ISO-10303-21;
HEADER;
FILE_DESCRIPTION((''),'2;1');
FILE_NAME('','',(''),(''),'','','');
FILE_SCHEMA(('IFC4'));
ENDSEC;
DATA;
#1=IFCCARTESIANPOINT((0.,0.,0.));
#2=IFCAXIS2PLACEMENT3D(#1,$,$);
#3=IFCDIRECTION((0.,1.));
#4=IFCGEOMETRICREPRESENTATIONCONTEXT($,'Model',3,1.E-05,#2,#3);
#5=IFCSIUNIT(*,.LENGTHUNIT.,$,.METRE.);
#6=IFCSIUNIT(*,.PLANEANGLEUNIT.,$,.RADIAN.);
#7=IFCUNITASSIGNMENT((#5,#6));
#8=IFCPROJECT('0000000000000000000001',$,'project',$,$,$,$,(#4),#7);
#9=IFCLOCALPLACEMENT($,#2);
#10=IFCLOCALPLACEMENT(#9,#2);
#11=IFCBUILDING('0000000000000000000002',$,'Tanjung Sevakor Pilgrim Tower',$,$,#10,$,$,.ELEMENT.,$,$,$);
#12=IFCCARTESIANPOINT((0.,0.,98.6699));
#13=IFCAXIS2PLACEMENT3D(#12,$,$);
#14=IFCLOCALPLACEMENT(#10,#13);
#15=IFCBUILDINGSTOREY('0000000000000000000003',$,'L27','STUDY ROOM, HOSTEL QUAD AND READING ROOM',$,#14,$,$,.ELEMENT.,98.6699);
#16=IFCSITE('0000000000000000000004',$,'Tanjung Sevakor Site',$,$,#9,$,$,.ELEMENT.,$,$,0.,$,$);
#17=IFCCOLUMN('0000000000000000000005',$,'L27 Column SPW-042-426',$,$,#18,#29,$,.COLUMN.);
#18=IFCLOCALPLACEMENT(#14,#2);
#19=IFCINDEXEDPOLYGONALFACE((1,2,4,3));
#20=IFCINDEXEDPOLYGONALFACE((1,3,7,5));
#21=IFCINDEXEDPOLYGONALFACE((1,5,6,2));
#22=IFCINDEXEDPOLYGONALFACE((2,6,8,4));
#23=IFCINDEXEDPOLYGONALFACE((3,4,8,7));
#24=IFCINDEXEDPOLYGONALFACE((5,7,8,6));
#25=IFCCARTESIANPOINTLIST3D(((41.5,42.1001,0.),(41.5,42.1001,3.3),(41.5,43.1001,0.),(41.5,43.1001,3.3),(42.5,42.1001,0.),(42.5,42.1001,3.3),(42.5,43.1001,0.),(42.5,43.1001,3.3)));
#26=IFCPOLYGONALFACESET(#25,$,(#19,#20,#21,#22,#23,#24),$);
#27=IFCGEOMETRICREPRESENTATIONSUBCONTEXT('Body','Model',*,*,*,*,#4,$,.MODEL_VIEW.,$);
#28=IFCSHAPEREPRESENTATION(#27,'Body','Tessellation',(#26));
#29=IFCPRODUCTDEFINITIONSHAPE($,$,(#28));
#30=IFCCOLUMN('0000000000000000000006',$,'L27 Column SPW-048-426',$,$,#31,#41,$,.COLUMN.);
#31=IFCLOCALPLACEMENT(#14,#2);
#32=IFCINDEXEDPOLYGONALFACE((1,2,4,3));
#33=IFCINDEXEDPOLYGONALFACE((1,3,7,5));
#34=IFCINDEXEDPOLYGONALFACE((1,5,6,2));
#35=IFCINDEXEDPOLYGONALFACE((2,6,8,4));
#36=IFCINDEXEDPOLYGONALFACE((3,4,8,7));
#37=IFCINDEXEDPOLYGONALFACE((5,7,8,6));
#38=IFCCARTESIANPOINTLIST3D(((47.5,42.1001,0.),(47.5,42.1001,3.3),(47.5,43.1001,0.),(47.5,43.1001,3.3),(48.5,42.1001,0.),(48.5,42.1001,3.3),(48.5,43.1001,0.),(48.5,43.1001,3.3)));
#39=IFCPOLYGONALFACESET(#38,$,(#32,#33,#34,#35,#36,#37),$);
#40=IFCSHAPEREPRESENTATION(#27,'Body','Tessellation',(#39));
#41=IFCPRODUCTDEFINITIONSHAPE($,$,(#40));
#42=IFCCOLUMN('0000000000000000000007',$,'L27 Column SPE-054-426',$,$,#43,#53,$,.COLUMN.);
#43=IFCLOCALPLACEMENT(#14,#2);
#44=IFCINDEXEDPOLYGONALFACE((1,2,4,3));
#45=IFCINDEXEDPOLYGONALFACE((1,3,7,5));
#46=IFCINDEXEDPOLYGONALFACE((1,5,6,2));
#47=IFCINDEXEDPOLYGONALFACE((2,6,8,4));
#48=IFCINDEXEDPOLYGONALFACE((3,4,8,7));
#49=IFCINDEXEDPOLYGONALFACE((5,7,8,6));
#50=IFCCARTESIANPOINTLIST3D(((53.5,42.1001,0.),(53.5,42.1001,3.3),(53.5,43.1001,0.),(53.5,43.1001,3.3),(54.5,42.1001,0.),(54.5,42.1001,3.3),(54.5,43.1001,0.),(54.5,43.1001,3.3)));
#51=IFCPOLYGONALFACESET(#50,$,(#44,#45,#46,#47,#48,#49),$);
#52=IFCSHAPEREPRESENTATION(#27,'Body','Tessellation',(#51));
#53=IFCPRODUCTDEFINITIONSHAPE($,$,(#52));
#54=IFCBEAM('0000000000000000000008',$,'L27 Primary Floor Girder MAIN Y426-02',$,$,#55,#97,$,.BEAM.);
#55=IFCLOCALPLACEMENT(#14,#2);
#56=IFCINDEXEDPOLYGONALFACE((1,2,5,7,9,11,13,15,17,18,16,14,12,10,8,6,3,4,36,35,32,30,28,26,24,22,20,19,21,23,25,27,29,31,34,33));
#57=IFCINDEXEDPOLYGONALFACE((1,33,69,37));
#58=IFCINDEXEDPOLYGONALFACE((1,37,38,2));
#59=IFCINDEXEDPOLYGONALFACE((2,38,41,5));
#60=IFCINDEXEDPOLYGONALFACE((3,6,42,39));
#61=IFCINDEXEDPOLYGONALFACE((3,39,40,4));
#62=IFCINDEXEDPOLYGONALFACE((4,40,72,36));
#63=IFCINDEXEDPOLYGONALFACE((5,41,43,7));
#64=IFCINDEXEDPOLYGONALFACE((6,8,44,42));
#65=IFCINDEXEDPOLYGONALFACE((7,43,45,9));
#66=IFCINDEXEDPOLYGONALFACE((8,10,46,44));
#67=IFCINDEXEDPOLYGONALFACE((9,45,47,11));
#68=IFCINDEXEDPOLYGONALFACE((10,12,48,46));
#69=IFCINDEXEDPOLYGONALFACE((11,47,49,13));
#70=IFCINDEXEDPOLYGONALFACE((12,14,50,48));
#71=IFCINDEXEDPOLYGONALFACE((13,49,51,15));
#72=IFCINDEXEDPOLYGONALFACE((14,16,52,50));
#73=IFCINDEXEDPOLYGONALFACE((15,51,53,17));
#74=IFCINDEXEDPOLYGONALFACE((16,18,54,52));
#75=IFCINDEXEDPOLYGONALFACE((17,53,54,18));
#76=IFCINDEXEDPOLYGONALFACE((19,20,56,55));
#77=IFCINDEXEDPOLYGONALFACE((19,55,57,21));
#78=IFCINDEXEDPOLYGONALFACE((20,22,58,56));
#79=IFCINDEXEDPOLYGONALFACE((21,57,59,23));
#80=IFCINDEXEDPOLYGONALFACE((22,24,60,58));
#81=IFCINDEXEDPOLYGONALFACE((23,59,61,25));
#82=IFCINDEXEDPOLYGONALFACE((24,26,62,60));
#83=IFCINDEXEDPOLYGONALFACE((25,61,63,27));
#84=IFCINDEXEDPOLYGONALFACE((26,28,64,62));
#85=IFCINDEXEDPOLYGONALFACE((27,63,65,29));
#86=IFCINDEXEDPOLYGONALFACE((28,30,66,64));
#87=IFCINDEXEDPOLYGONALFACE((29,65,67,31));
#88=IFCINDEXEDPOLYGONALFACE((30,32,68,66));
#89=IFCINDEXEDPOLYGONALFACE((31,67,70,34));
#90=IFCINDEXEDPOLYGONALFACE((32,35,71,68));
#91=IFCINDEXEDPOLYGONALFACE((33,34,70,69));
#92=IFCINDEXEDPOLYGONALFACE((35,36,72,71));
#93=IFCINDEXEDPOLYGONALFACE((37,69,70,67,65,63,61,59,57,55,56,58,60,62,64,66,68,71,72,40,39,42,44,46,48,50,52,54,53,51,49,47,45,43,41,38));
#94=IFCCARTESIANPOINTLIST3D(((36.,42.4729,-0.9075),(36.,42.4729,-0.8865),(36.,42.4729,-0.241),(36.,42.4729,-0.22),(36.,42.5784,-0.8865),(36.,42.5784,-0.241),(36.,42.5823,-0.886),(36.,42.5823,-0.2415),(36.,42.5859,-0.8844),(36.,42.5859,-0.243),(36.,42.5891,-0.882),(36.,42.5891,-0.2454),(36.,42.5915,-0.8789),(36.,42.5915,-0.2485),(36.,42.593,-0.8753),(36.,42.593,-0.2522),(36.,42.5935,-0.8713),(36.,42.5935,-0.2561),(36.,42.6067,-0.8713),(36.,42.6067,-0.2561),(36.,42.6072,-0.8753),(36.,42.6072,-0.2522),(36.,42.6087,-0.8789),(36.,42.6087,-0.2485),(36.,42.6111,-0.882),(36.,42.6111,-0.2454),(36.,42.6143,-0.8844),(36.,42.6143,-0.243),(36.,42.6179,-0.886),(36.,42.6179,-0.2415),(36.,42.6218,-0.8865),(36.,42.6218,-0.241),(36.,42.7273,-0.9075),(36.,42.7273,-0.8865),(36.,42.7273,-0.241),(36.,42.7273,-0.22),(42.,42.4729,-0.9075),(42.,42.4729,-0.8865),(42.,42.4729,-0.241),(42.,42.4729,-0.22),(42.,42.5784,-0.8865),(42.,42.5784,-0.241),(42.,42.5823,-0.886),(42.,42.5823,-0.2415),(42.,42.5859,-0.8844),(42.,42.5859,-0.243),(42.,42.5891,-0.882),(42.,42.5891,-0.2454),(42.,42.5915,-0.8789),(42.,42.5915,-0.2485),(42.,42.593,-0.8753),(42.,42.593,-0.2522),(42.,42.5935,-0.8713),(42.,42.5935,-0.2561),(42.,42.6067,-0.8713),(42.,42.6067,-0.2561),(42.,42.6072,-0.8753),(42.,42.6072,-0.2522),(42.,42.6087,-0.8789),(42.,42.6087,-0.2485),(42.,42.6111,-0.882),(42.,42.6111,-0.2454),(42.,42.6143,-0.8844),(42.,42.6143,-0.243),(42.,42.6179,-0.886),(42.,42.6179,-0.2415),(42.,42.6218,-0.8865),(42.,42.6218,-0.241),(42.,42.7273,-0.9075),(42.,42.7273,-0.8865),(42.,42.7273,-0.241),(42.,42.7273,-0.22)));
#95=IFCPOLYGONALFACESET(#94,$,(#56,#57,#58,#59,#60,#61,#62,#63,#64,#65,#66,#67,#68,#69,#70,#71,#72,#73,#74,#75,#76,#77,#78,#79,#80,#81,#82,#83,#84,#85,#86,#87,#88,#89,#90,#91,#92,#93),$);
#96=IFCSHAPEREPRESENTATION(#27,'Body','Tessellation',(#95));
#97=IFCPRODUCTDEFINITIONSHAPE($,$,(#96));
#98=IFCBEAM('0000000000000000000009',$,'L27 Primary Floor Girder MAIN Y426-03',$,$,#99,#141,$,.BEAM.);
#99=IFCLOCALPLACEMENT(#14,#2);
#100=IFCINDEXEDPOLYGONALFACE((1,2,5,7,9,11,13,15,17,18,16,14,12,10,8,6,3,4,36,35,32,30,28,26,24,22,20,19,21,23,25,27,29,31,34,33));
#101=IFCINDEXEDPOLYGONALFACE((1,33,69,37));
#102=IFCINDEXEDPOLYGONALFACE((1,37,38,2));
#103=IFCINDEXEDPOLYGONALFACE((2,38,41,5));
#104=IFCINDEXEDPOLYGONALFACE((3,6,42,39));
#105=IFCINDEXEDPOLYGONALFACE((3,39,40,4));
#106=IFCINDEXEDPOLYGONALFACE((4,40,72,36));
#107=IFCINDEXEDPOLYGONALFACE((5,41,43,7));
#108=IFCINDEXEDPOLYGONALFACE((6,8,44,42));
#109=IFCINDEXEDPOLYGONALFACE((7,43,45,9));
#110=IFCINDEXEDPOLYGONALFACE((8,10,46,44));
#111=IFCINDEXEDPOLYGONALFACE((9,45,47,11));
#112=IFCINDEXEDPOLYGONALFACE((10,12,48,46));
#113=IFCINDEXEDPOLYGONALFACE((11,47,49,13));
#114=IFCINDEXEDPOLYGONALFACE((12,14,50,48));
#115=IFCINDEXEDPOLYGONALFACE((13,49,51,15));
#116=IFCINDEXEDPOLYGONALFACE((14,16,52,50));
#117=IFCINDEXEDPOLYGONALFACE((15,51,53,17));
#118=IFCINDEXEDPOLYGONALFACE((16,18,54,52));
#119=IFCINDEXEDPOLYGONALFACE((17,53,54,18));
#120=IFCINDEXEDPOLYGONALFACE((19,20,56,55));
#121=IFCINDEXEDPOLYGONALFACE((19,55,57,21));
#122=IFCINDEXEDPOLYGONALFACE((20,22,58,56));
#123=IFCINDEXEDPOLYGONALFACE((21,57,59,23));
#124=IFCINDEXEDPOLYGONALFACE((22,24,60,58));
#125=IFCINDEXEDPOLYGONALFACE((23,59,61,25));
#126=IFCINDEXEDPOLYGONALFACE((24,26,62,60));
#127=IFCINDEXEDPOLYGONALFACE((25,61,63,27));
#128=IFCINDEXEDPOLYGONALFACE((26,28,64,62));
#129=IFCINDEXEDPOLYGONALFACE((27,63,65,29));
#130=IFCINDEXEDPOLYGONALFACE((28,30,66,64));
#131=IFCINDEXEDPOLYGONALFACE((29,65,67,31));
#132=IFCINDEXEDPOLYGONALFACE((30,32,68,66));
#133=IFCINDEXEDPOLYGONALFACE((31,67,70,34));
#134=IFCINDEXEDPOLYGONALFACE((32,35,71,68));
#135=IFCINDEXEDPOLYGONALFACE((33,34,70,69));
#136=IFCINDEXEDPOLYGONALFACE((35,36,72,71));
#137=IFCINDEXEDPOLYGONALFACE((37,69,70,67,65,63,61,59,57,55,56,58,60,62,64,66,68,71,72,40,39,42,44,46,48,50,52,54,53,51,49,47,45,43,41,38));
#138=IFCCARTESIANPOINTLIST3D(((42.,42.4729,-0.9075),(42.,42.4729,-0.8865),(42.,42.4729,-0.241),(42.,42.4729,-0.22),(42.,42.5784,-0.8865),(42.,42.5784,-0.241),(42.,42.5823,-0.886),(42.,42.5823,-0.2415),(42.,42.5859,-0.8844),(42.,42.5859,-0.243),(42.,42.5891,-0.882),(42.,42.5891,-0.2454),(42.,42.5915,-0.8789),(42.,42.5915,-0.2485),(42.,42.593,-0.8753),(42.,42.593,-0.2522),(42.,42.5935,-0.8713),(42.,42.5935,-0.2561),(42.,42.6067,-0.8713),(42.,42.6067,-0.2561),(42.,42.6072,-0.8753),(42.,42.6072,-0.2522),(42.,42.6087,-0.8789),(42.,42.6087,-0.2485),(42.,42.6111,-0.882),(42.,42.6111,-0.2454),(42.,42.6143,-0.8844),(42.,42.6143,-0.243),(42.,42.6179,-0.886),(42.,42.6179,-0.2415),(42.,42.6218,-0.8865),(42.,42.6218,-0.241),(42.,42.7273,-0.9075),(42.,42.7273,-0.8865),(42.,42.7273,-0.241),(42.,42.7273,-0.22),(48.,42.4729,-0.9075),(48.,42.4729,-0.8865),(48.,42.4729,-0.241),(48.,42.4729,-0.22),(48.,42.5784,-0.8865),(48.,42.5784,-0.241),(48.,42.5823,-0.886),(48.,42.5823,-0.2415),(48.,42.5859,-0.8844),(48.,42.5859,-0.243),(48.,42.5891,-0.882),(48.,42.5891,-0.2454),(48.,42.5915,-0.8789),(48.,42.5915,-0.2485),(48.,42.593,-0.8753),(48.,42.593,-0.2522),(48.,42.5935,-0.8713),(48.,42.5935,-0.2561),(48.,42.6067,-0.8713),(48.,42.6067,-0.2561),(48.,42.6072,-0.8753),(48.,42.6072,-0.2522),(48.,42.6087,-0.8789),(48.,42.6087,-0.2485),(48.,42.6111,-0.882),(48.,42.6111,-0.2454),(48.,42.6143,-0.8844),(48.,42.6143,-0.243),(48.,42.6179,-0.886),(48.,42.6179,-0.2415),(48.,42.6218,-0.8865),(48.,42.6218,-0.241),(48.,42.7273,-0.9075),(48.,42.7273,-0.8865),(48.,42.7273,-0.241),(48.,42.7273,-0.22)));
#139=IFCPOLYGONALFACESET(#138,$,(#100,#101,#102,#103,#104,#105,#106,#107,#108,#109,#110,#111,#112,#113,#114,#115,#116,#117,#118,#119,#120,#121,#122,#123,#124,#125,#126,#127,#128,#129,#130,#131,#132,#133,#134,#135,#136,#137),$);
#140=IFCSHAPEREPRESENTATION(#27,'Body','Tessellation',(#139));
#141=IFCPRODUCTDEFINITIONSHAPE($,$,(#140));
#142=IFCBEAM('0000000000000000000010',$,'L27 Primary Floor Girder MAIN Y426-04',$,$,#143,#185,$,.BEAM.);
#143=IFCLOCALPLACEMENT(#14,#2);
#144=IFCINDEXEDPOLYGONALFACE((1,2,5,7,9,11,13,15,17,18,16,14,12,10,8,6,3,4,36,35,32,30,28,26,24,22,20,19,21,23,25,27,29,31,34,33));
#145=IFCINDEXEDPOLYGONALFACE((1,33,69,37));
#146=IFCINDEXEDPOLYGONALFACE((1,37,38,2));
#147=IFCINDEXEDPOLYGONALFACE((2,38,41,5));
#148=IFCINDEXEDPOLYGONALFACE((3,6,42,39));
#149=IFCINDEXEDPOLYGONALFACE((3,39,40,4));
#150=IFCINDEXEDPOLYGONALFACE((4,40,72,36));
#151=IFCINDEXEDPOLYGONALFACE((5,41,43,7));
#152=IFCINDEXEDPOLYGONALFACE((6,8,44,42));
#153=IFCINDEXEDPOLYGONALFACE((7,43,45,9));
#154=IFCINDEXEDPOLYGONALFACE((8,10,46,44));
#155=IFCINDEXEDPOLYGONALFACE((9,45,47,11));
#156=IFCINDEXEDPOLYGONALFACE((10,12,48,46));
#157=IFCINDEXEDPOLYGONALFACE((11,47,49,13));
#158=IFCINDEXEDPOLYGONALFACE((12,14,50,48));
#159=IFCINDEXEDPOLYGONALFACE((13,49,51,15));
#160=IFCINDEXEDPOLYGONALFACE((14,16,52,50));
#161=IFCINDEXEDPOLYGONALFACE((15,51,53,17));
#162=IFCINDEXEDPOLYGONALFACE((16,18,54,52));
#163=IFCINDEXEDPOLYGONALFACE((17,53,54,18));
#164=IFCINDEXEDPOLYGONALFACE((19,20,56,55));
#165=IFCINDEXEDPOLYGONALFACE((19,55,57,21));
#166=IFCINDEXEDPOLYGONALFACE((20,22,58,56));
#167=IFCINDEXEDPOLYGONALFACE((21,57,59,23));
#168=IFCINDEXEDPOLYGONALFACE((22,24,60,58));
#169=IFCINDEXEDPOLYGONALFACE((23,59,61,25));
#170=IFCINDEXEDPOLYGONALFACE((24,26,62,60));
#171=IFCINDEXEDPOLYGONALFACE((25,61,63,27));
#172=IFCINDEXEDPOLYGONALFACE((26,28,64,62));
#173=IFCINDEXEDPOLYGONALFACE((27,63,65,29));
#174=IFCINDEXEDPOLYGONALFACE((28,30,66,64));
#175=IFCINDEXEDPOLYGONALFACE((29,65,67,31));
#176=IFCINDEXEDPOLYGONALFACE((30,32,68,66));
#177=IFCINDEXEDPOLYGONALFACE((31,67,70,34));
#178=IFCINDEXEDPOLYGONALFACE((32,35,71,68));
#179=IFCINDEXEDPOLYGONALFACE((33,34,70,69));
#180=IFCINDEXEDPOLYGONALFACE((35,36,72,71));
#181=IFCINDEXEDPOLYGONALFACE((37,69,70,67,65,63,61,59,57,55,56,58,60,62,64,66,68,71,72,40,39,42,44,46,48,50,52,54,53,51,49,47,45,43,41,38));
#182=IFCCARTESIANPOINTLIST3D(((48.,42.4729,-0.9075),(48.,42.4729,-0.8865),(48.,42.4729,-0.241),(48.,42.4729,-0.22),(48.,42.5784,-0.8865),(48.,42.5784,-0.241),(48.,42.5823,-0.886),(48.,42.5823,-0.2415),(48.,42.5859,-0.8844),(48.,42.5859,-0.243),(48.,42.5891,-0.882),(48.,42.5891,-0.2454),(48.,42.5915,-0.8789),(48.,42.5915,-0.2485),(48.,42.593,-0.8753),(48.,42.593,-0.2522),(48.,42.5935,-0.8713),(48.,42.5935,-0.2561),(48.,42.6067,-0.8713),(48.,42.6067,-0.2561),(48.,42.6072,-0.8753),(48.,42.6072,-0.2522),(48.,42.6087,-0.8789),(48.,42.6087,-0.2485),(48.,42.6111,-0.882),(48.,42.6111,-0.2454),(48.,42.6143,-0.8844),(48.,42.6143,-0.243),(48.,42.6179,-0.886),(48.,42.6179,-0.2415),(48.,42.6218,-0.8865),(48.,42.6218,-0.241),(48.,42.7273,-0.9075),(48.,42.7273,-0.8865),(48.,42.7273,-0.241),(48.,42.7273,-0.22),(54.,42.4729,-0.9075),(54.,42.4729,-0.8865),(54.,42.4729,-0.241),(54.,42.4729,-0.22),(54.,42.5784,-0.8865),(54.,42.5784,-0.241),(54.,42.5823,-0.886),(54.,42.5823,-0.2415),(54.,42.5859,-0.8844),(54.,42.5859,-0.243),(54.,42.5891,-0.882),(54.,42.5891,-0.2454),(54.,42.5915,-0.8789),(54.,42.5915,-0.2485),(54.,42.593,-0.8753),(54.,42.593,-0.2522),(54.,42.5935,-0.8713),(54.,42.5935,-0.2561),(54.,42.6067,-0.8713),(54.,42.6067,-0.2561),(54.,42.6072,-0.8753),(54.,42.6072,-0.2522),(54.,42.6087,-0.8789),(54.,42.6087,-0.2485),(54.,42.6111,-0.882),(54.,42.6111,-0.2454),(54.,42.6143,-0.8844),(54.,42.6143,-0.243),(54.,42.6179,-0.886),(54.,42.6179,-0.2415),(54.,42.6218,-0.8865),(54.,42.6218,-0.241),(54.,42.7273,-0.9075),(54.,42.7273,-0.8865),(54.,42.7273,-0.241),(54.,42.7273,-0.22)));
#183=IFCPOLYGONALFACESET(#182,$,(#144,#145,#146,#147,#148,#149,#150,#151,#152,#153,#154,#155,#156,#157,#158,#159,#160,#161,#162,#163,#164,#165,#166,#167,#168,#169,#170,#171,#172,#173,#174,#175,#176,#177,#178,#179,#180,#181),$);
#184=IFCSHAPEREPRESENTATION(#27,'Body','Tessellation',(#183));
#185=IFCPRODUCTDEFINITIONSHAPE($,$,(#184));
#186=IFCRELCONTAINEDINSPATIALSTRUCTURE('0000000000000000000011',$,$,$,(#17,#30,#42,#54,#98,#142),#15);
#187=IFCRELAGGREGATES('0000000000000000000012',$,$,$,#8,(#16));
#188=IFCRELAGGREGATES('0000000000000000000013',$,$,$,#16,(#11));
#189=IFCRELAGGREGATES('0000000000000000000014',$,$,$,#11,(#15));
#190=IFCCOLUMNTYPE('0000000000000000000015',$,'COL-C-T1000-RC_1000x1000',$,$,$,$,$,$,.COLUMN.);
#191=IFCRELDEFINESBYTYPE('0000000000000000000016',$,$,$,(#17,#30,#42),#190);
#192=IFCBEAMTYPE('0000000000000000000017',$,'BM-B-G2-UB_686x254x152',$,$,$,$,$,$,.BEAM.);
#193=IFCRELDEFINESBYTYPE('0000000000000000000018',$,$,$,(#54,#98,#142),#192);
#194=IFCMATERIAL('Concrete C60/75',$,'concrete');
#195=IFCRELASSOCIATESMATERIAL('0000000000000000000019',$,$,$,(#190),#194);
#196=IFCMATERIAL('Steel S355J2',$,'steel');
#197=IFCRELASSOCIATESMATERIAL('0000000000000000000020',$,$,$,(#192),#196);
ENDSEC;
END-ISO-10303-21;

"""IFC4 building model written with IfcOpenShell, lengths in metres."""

from ifc_helpers import new_model, si_unit, direction, frame, origin, origin_2d, place, context, subcontext, project, spatial, rectangle, i_section, extrude, material, material_profile, profile_set, type_object, element, save


model = new_model("IFC4")

# Units and contexts
model_context = context("Model", 3, precision=1e-05, world=origin(), true_north=direction((0.0, 1.0)))
body_context = subcontext(model_context, "Body", "Model", "MODEL_VIEW")
ifc_project = project(units=[si_unit("LENGTHUNIT", "METRE"), si_unit("PLANEANGLEUNIT", "RADIAN")], contexts=[model_context])

# Site, building, storey
site_placement = place(None, origin())
site = spatial("IfcSite", under=ifc_project, at=site_placement, Name="Tanjung Sevakor Site", CompositionType="ELEMENT", RefElevation=0.0)
building_placement = place(site_placement, origin())
building = spatial("IfcBuilding", under=site, at=building_placement, Name="Tanjung Sevakor Pilgrim Tower", CompositionType="ELEMENT")
storey_placement = place(building_placement, frame((0.0, 0.0, 98.6699)))
storey = spatial("IfcBuildingStorey", under=building, at=storey_placement, Name="L27", Description="STUDY ROOM, HOSTEL QUAD AND READING ROOM", CompositionType="ELEMENT", Elevation=98.6699)

# Columns
ifc_material_1 = material(Name="Concrete C60/75", Category="concrete")
ifc_material_profile_1 = material_profile(ifc_material_1, rectangle(XDim=1.0, YDim=1.0, at=origin_2d()))
ifc_profile_set_1 = profile_set([ifc_material_profile_1], Name="Concrete C60/75")
column_type = type_object("IfcColumnType", Name="COL-C-T1000-RC_1000x1000", PredefinedType="COLUMN", material=ifc_profile_set_1)
for number, where, z_axis, x_axis, name in (
    (1, (42.0, 42.6001, 0.0), (0.0, 0.0, 1.0), (1.0, 0.0, 0.0), "L27 Column SPW-042-426"),
    (2, (48.0, 42.6001, 0.0), (0.0, 0.0, 1.0), (1.0, 0.0, 0.0), "L27 Column SPW-048-426"),
    (3, (54.0, 42.6001, 0.0), (0.0, 0.0, 1.0), (1.0, 0.0, 0.0), "L27 Column SPE-054-426"),
):
    element("IfcColumn", number, at=place(storey_placement, frame(where, z_axis=z_axis, x_axis=x_axis)), inside=storey, type_object=column_type, Name=name, PredefinedType="COLUMN", context=body_context, shape_type="SweptSolid", body=[
        extrude(rectangle(XDim=1.0, YDim=1.0, at=origin_2d()), origin(), (0.0, 0.0, 1.0), 3.3),
    ])

# Beams
ifc_material_2 = material(Name="Steel S355J2", Category="steel")
ifc_material_profile_2 = material_profile(ifc_material_2, i_section(OverallWidth=0.2544, OverallDepth=0.6875, WebThickness=0.0132, FlangeThickness=0.021, FilletRadius=0.0151, at=origin_2d()))
ifc_profile_set_2 = profile_set([ifc_material_profile_2], Name="Steel S355J2")
beam_type_1 = type_object("IfcBeamType", Name="BM-B-G2-UB_686x254x152", PredefinedType="BEAM", material=ifc_profile_set_2)
for number, where, z_axis, x_axis, name in (
    (4, (36.0, 42.6001, -0.5637), (1.0, 0.0, 0.0), (0.0, 1.0, 0.0), "L27 Primary Floor Girder MAIN Y426-02"),
    (5, (42.0, 42.6001, -0.5637), (1.0, 0.0, 0.0), (0.0, 1.0, 0.0), "L27 Primary Floor Girder MAIN Y426-03"),
    (6, (48.0, 42.6001, -0.5637), (1.0, 0.0, 0.0), (0.0, 1.0, 0.0), "L27 Primary Floor Girder MAIN Y426-04"),
):
    element("IfcBeam", number, at=place(storey_placement, frame(where, z_axis=z_axis, x_axis=x_axis)), inside=storey, type_object=beam_type_1, Name=name, PredefinedType="BEAM", context=body_context, shape_type="SweptSolid", body=[
        extrude(i_section(OverallWidth=0.2544, OverallDepth=0.6875, WebThickness=0.0132, FlangeThickness=0.021, FilletRadius=0.0151, at=origin_2d()), origin(), (0.0, 0.0, 1.0), 6.0),
    ])

save(model, "model.ifc")
